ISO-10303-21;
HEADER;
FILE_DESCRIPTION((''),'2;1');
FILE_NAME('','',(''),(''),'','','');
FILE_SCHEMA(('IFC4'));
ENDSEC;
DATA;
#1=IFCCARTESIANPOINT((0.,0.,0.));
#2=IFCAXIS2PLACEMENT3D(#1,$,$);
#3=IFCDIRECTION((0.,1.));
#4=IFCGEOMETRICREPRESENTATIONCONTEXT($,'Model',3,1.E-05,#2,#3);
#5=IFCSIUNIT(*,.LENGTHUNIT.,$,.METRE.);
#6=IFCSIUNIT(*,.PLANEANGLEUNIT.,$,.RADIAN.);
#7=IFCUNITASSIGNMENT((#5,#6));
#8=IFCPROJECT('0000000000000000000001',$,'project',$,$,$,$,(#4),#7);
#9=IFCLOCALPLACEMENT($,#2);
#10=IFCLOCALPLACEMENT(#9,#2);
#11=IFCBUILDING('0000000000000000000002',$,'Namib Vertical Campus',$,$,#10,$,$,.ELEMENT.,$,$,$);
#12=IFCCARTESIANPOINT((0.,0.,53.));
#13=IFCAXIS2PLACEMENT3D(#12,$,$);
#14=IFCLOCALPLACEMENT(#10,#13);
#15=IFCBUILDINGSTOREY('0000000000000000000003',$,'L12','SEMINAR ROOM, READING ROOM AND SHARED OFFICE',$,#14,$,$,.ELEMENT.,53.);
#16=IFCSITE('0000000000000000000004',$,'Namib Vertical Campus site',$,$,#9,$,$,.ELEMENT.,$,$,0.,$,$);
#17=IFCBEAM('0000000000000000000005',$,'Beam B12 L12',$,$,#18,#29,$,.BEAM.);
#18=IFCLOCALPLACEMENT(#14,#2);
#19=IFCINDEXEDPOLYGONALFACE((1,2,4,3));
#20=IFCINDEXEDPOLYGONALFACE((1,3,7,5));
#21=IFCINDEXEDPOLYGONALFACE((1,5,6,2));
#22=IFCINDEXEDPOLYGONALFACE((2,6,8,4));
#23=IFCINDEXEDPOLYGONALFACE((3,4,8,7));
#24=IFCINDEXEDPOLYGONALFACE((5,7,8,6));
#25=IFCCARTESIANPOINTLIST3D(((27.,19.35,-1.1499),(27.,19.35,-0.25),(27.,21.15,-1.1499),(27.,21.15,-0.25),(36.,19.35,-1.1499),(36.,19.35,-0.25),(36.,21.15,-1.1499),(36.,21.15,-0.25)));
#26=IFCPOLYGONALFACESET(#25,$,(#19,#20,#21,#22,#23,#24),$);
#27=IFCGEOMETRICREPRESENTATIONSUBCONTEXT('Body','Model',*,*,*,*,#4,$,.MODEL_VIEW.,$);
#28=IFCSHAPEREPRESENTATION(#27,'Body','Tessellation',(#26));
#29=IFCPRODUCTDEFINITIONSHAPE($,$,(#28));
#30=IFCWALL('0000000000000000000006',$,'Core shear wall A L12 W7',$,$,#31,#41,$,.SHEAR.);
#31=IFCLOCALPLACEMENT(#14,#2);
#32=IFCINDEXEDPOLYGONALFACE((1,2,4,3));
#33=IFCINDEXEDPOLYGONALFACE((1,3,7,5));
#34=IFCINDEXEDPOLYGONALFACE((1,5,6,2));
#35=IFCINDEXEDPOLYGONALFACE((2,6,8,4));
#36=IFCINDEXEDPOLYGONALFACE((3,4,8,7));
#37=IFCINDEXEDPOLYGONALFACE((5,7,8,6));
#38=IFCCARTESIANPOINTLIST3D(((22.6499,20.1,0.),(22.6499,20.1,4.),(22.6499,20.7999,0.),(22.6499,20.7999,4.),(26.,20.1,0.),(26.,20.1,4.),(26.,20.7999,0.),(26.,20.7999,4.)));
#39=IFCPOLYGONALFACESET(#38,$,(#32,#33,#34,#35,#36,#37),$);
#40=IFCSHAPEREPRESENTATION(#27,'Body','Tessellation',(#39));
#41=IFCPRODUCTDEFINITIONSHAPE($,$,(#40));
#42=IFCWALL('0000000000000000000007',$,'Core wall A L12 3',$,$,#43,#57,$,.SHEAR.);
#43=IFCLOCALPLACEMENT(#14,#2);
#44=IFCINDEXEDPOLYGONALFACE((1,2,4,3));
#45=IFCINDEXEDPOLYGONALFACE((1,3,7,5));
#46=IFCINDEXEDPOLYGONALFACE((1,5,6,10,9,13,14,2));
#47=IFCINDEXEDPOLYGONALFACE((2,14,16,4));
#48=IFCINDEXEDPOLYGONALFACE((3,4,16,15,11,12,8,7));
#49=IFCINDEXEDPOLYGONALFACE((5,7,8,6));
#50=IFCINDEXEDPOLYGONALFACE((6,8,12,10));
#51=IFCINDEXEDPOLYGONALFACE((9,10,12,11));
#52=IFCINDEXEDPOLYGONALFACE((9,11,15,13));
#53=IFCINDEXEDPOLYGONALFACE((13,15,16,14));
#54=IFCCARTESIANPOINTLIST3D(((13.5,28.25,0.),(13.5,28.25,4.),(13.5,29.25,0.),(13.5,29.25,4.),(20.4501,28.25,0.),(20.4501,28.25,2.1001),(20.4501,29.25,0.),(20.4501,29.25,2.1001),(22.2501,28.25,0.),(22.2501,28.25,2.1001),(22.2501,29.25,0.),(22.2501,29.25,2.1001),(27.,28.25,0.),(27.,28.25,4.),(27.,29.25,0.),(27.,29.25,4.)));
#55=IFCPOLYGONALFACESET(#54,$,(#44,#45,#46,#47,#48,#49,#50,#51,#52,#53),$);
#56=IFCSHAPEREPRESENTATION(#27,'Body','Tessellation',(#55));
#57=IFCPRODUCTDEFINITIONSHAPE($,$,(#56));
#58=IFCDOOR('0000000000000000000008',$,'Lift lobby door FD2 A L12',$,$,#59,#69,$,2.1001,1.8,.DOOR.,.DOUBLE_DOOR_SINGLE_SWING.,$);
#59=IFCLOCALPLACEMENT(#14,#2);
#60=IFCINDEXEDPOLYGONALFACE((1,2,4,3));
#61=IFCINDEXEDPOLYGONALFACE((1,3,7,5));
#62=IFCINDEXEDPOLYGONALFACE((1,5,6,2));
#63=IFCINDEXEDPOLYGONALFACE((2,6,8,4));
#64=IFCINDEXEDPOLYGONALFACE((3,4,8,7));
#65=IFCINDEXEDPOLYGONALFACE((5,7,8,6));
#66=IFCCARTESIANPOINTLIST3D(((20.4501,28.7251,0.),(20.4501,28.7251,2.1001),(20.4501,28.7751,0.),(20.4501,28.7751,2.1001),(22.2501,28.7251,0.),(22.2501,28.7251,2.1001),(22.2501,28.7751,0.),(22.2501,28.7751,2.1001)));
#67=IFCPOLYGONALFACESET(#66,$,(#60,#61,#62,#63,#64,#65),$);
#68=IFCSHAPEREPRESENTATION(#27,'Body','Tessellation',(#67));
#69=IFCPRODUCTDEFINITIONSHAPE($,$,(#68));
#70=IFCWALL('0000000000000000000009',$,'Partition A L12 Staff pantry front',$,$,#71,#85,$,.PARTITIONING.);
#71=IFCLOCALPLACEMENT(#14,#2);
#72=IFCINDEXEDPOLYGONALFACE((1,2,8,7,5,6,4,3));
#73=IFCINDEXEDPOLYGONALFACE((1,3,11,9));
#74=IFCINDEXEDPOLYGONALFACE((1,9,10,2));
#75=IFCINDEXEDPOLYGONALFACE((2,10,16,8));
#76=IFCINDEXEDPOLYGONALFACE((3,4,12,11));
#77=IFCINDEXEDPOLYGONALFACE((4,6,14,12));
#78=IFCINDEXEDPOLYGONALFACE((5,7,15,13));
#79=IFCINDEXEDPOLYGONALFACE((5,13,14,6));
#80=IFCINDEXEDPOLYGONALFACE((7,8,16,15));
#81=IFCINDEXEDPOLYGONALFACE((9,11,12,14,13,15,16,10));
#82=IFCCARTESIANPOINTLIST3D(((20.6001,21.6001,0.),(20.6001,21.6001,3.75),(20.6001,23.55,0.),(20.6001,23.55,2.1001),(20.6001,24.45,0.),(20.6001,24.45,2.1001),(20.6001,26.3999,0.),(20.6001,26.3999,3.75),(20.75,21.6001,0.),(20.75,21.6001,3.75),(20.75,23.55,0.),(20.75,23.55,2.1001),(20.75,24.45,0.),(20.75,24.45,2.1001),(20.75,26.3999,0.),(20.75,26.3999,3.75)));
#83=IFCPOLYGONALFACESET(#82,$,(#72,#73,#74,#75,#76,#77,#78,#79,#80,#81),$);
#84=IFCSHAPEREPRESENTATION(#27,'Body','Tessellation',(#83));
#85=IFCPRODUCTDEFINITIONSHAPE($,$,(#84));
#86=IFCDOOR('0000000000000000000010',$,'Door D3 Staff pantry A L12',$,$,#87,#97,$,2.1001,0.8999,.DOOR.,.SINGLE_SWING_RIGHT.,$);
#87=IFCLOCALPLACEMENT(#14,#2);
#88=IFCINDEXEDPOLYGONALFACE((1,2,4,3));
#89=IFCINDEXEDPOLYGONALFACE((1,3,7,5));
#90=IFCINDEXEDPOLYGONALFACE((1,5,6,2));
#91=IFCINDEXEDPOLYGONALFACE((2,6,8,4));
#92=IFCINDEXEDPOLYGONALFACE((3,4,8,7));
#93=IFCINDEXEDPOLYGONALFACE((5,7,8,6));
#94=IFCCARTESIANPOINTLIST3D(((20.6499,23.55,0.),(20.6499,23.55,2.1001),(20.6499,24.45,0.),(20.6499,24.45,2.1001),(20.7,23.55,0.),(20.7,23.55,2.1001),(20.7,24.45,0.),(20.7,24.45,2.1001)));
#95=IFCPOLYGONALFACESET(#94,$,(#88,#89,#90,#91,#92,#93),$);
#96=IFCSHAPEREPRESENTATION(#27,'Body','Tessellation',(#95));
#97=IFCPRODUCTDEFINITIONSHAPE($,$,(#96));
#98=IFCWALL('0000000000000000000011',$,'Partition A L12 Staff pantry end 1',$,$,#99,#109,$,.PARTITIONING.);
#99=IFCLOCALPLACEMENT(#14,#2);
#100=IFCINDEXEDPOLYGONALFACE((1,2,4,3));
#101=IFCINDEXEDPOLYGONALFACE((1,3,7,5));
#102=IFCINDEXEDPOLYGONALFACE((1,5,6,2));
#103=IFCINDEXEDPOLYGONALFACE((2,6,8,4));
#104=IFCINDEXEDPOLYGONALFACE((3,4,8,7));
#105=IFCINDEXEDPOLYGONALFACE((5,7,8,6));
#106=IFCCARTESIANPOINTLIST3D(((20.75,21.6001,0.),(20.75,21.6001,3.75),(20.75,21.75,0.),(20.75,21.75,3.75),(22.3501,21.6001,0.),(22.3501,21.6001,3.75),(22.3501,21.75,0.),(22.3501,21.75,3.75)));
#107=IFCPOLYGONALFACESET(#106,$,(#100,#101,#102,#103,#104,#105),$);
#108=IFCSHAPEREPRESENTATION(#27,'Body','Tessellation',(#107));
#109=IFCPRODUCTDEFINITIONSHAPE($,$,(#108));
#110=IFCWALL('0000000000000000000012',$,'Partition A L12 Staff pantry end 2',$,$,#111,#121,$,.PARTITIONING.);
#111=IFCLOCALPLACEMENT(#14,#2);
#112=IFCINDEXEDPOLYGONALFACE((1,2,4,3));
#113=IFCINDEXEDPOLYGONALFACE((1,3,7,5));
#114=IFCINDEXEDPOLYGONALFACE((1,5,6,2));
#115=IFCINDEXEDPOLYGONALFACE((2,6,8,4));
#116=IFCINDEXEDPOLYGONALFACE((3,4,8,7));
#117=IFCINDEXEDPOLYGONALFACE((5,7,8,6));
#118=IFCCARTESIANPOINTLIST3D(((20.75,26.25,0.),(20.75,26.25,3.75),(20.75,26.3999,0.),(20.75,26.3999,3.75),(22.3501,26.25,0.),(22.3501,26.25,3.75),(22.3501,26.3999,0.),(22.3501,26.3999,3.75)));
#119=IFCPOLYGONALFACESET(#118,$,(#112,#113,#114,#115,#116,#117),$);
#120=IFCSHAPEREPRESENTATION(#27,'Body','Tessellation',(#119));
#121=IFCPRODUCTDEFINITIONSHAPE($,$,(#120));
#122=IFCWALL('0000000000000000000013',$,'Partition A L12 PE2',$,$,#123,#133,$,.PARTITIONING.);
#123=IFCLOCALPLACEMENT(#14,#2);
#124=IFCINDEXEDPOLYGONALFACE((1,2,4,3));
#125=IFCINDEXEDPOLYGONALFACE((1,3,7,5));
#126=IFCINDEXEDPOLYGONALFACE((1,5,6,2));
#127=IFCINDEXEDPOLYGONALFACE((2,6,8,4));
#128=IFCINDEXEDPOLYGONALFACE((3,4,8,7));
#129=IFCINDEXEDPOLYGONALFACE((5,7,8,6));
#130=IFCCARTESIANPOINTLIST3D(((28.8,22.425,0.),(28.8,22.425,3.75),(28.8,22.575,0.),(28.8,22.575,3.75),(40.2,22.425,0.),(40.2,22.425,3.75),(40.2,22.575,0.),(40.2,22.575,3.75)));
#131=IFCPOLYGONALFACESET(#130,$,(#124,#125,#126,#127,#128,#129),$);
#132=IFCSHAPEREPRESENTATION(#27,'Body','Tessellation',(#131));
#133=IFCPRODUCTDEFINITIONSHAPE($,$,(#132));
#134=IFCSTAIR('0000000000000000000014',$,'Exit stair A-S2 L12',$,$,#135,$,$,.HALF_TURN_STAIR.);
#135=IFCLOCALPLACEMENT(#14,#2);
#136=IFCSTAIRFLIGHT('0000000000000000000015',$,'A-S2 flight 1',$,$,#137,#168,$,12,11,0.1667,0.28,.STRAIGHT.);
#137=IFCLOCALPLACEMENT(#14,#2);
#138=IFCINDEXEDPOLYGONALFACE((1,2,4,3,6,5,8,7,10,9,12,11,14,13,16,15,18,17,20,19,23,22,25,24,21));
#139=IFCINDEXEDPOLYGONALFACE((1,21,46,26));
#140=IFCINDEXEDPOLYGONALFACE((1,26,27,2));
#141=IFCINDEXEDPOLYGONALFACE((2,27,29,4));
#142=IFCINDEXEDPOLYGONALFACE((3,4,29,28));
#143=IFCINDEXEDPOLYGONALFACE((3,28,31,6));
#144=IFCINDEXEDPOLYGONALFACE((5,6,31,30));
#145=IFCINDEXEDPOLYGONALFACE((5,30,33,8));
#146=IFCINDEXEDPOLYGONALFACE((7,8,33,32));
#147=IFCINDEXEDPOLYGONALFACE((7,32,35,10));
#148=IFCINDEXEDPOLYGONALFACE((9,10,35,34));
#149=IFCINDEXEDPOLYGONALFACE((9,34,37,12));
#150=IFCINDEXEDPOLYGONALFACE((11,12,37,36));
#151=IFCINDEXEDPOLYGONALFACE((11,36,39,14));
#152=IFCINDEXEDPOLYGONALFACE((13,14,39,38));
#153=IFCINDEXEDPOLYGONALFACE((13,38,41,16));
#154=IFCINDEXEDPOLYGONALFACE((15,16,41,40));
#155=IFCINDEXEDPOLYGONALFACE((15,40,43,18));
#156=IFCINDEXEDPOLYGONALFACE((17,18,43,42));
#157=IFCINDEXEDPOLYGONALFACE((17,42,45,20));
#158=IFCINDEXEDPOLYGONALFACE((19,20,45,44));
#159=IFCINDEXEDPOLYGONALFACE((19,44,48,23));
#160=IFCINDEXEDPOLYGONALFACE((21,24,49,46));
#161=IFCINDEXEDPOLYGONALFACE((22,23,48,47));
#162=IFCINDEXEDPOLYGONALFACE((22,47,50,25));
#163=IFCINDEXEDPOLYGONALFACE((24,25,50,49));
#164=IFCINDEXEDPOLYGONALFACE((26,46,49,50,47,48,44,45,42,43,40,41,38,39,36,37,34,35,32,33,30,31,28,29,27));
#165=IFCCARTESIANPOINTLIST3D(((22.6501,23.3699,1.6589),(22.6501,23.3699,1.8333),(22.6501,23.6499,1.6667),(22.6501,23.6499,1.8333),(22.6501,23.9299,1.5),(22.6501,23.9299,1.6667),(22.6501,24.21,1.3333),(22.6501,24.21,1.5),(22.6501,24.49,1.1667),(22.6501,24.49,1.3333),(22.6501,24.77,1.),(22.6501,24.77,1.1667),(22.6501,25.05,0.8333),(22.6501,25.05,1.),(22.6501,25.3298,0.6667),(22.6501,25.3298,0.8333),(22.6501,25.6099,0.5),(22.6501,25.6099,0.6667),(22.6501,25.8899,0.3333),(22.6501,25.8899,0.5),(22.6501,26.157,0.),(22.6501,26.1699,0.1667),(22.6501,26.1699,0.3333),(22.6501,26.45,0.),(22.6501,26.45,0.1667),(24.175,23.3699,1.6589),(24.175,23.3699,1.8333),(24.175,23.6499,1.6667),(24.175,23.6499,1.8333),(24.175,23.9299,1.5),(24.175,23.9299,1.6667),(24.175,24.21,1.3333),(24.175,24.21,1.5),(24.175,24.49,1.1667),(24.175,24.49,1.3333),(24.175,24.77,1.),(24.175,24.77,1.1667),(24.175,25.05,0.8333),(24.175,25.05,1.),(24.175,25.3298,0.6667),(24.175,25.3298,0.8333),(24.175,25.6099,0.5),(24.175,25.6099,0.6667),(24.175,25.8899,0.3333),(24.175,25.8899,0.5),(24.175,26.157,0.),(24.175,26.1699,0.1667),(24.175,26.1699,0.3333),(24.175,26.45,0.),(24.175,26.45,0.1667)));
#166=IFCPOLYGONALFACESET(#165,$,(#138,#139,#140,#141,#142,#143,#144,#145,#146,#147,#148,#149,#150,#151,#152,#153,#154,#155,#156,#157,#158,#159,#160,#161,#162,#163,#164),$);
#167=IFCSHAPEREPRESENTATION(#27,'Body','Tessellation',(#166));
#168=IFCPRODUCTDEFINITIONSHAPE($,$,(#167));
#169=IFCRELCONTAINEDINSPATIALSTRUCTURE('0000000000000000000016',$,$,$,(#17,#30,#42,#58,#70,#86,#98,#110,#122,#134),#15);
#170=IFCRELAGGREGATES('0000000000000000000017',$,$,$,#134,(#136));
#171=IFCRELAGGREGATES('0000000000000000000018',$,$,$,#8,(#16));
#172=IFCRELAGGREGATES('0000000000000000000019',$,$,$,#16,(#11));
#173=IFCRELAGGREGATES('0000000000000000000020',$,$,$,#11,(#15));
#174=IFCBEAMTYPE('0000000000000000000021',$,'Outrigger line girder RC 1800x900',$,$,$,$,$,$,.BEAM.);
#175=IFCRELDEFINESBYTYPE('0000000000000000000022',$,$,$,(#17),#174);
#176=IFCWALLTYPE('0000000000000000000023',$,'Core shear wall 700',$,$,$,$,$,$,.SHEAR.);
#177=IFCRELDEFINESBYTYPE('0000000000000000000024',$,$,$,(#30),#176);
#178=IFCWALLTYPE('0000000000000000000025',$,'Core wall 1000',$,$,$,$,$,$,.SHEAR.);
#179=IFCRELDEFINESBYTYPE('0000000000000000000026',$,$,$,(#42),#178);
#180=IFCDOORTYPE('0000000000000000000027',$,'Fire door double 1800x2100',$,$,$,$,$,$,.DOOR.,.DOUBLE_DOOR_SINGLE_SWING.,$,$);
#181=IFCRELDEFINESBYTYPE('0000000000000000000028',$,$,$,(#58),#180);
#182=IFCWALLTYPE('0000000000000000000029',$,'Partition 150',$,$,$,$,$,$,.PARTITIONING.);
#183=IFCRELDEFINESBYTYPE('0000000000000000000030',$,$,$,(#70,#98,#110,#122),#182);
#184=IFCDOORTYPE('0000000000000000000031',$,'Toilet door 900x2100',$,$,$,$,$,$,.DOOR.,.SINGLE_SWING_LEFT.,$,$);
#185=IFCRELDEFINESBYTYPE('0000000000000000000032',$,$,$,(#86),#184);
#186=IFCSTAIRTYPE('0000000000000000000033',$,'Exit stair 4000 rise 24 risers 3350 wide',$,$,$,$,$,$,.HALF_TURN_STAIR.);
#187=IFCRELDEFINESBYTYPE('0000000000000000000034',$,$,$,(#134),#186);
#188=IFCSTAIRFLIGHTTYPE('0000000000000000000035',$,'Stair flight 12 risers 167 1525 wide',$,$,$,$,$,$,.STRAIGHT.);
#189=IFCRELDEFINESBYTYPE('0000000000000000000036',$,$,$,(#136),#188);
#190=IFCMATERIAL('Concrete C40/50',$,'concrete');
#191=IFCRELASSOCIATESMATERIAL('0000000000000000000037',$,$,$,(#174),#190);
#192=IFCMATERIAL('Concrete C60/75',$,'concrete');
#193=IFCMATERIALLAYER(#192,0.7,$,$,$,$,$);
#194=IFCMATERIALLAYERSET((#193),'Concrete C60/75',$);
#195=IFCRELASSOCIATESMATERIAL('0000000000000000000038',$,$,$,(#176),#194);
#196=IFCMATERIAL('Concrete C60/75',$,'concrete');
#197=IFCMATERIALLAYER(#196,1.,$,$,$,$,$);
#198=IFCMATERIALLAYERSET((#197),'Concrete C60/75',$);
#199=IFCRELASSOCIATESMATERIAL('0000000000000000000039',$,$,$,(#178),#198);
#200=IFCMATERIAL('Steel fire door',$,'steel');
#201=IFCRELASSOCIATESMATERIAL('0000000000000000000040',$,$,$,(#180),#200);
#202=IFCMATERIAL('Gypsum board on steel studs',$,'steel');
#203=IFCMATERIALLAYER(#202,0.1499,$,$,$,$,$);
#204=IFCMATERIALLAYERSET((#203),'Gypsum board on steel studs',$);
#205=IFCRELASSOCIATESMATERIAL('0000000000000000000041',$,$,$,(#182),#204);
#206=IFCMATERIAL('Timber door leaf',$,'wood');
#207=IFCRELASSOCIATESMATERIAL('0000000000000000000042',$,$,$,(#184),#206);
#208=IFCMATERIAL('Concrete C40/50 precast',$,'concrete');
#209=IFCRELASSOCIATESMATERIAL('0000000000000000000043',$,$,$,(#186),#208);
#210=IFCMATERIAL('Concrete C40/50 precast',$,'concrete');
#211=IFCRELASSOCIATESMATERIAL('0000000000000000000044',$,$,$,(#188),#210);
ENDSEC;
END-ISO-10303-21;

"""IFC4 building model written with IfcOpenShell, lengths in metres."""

from ifc_helpers import new_model, si_unit, direction, frame, frame_2d, origin, origin_2d, place, context, subcontext, project, spatial, polyline, rectangle, outline, extrude, material, layer, layer_set, material_profile, profile_set, type_object, element, fill, aggregate, save


model = new_model("IFC4")

# Units and contexts
model_context = context("Model", 3, precision=1e-05, world=origin(), true_north=direction((0.0, 1.0)))
body_context = subcontext(model_context, "Body", "Model", "MODEL_VIEW")
ifc_project = project(units=[si_unit("LENGTHUNIT", "METRE"), si_unit("PLANEANGLEUNIT", "RADIAN")], contexts=[model_context])

# Site, building, storey
site_placement = place(None, origin())
site = spatial("IfcSite", under=ifc_project, at=site_placement, Name="Namib Vertical Campus site", CompositionType="ELEMENT", RefElevation=0.0)
building_placement = place(site_placement, origin())
building = spatial("IfcBuilding", under=site, at=building_placement, Name="Namib Vertical Campus", CompositionType="ELEMENT")
storey_placement = place(building_placement, frame((0.0, 0.0, 53.0)))
storey = spatial("IfcBuildingStorey", under=building, at=storey_placement, Name="L12", Description="SEMINAR ROOM, READING ROOM AND SHARED OFFICE", CompositionType="ELEMENT", Elevation=53.0)

# Beam
ifc_material_1 = material(Name="Concrete C40/50", Category="concrete")
ifc_material_profile_1 = material_profile(ifc_material_1, rectangle(XDim=1.8, YDim=0.8999, at=origin_2d()))
ifc_profile_set_1 = profile_set([ifc_material_profile_1], Name="Concrete C40/50")
beam_type_1 = type_object("IfcBeamType", Name="Outrigger line girder RC 1800x900", PredefinedType="BEAM", material=ifc_profile_set_1)
beam_1_placement = place(storey_placement, frame((36.0, 20.25, -0.7), z_axis=(-1.0, 0.0, 0.0), x_axis=(0.0, -1.0, 0.0)))
element("IfcBeam", 1, at=beam_1_placement, inside=storey, type_object=beam_type_1, Name="Beam B12 L12", PredefinedType="BEAM", context=body_context, shape_type="SweptSolid", body=[
    extrude(rectangle(XDim=1.8, YDim=0.8999, at=origin_2d()), origin(), (0.0, 0.0, 1.0), 9.0),
])

# Wall
ifc_material_2 = material(Name="Concrete C60/75", Category="concrete")
ifc_layer_1 = layer(ifc_material_2, 0.7)
ifc_layer_set_1 = layer_set([ifc_layer_1], Name="Concrete C60/75")
wall_type_1 = type_object("IfcWallType", Name="Core shear wall 700", PredefinedType="SHEAR", material=ifc_layer_set_1)
wall_1_placement = place(storey_placement, frame((22.6499, 20.45, 0.0), z_axis=(0.0, 0.0, 1.0), x_axis=(1.0, 0.0, 0.0)))
element("IfcWall", 2, at=wall_1_placement, inside=storey, type_object=wall_type_1, Name="Core shear wall A L12 W7", PredefinedType="SHEAR", context=body_context, shape_type="SweptSolid", body=[
    extrude(rectangle(XDim=3.3501, YDim=0.7, at=frame_2d((1.675, 0.0))), origin(), (0.0, 0.0, 1.0), 4.0),
])

# Walls, openings, doors
ifc_material_3 = material(Name="Concrete C60/75", Category="concrete")
ifc_layer_2 = layer(ifc_material_3, 1.0)
ifc_layer_set_2 = layer_set([ifc_layer_2], Name="Concrete C60/75")
wall_type_2 = type_object("IfcWallType", Name="Core wall 1000", PredefinedType="SHEAR", material=ifc_layer_set_2)
wall_2_placement = place(storey_placement, frame((27.0, 28.75, 0.0), z_axis=(0.0, 0.0, 1.0), x_axis=(-1.0, 0.0, 0.0)))
wall_2 = element("IfcWall", 3, at=wall_2_placement, inside=storey, type_object=wall_type_2, Name="Core wall A L12 3", PredefinedType="SHEAR", context=body_context, shape_type="SweptSolid", body=[
    extrude(rectangle(XDim=13.5, YDim=1.0, at=frame_2d((6.75, 0.0))), origin(), (0.0, 0.0, 1.0), 4.0),
])
opening_1_placement = place(wall_2_placement, frame((4.75, 0.0, 0.0)))
opening_1 = element("IfcOpeningElement", 4, at=opening_1_placement, cuts=wall_2, PredefinedType="OPENING", context=body_context, shape_type="SweptSolid", body=[
    extrude(rectangle(XDim=1.8, YDim=2.1001, at=frame_2d((0.8999, 1.05))), frame((0.0, 0.51, 0.0), z_axis=(0.0, -1.0, 0.0), x_axis=(1.0, 0.0, 0.0)), (0.0, 0.0, 1.0), 1.02),
])
ifc_material_4 = material(Name="Steel fire door", Category="steel")
door_type_1 = type_object("IfcDoorType", Name="Fire door double 1800x2100", OperationType="DOUBLE_DOOR_SINGLE_SWING", PredefinedType="DOOR", material=ifc_material_4)
door_1_placement = place(opening_1_placement, origin())
door_1 = element("IfcDoor", 5, at=door_1_placement, inside=storey, type_object=door_type_1, Name="Lift lobby door FD2 A L12", OperationType="DOUBLE_DOOR_SINGLE_SWING", OverallHeight=2.1001, OverallWidth=1.8, PredefinedType="DOOR", context=body_context, shape_type="SweptSolid", body=[
    extrude(rectangle(XDim=1.8, YDim=2.1001, at=frame_2d((0.8999, 1.05))), frame((0.0, 0.0249, 0.0), z_axis=(0.0, -1.0, 0.0), x_axis=(1.0, 0.0, 0.0)), (0.0, 0.0, 1.0), 0.05),
])
fill(opening_1, door_1)
ifc_material_5 = material(Name="Gypsum board on steel studs", Category="steel")
ifc_layer_3 = layer(ifc_material_5, 0.1499)
ifc_layer_set_3 = layer_set([ifc_layer_3], Name="Gypsum board on steel studs")
wall_type_3 = type_object("IfcWallType", Name="Partition 150", PredefinedType="PARTITIONING", material=ifc_layer_set_3)
wall_3_placement = place(storey_placement, frame((20.675, 21.6001, 0.0), z_axis=(0.0, 0.0, 1.0), x_axis=(0.0, 1.0, 0.0)))
wall_3 = element("IfcWall", 6, at=wall_3_placement, inside=storey, type_object=wall_type_3, Name="Partition A L12 Staff pantry front", PredefinedType="PARTITIONING", context=body_context, shape_type="SweptSolid", body=[
    extrude(rectangle(XDim=4.7998, YDim=0.1499, at=frame_2d((2.3999, 0.0))), origin(), (0.0, 0.0, 1.0), 3.75),
])
opening_2_placement = place(wall_3_placement, frame((1.95, 0.0, 0.0)))
opening_2 = element("IfcOpeningElement", 7, at=opening_2_placement, cuts=wall_3, PredefinedType="OPENING", context=body_context, shape_type="SweptSolid", body=[
    extrude(rectangle(XDim=0.8999, YDim=2.1001, at=frame_2d((0.45, 1.05))), frame((0.0, 0.085, 0.0), z_axis=(0.0, -1.0, 0.0), x_axis=(1.0, 0.0, 0.0)), (0.0, 0.0, 1.0), 0.1699),
])
ifc_material_6 = material(Name="Timber door leaf", Category="wood")
door_type_2 = type_object("IfcDoorType", Name="Toilet door 900x2100", OperationType="SINGLE_SWING_LEFT", PredefinedType="DOOR", material=ifc_material_6)
door_2_placement = place(opening_2_placement, frame((0.8999, 0.0, 0.0), z_axis=(0.0, 0.0, 1.0), x_axis=(-1.0, 0.0, 0.0)))
door_2 = element("IfcDoor", 8, at=door_2_placement, inside=storey, type_object=door_type_2, Name="Door D3 Staff pantry A L12", OperationType="SINGLE_SWING_RIGHT", OverallHeight=2.1001, OverallWidth=0.8999, PredefinedType="DOOR", context=body_context, shape_type="SweptSolid", body=[
    extrude(rectangle(XDim=0.8999, YDim=2.1001, at=frame_2d((0.45, 1.05))), frame((0.0, 0.0249, 0.0), z_axis=(0.0, -1.0, 0.0), x_axis=(1.0, 0.0, 0.0)), (0.0, 0.0, 1.0), 0.05),
])
fill(opening_2, door_2)

# Walls
for number, where, z_axis, x_axis, name in (
    (9, (20.75, 21.675, 0.0), (0.0, 0.0, 1.0), (1.0, 0.0, 0.0), "Partition A L12 Staff pantry end 1"),
    (10, (20.75, 26.325, 0.0), (0.0, 0.0, 1.0), (1.0, 0.0, 0.0), "Partition A L12 Staff pantry end 2"),
):
    element("IfcWall", number, at=place(storey_placement, frame(where, z_axis=z_axis, x_axis=x_axis)), inside=storey, type_object=wall_type_3, Name=name, PredefinedType="PARTITIONING", context=body_context, shape_type="SweptSolid", body=[
        extrude(rectangle(XDim=1.6001, YDim=0.1499, at=frame_2d((0.8, 0.0))), origin(), (0.0, 0.0, 1.0), 3.75),
    ])
wall_4_placement = place(storey_placement, frame((28.8, 22.5, 0.0), z_axis=(0.0, 0.0, 1.0), x_axis=(1.0, 0.0, 0.0)))
element("IfcWall", 11, at=wall_4_placement, inside=storey, type_object=wall_type_3, Name="Partition A L12 PE2", PredefinedType="PARTITIONING", context=body_context, shape_type="SweptSolid", body=[
    extrude(rectangle(XDim=11.3999, YDim=0.1499, at=frame_2d((5.7, 0.0))), origin(), (0.0, 0.0, 1.0), 3.75),
])

# Stair, stair flight
ifc_material_7 = material(Name="Concrete C40/50 precast", Category="concrete")
stair_type = type_object("IfcStairType", Name="Exit stair 4000 rise 24 risers 3350 wide", PredefinedType="HALF_TURN_STAIR", material=ifc_material_7)
stair_placement = place(storey_placement, origin())
stair = element("IfcStair", 12, at=stair_placement, inside=storey, type_object=stair_type, Name="Exit stair A-S2 L12", PredefinedType="HALF_TURN_STAIR")
ifc_material_8 = material(Name="Concrete C40/50 precast", Category="concrete")
stair_flight_type = type_object("IfcStairFlightType", Name="Stair flight 12 risers 167 1525 wide", PredefinedType="STRAIGHT", material=ifc_material_8)
stair_flight_1_placement = place(storey_placement, frame((23.4126, 26.45, 0.0), z_axis=(0.0, 0.0, 1.0), x_axis=(0.0, -1.0, 0.0)))
stair_flight_1 = element("IfcStairFlight", 13, at=stair_flight_1_placement, type_object=stair_flight_type, Name="A-S2 flight 1", NumberOfRisers=12, NumberOfTreads=11, PredefinedType="STRAIGHT", RiserHeight=0.1667, TreadLength=0.28, context=body_context, shape_type="SweptSolid", body=[
    extrude(outline(polyline([(0.0, 0.0), (0.0, 0.1667), (0.28, 0.1667), (0.28, 0.3333), (0.5601, 0.3333), (0.5601, 0.5), (0.8401, 0.5), (0.8401, 0.6667), (1.1201, 0.6667), (1.1201, 0.8333), (1.3999, 0.8333), (1.3999, 1.0), (1.6799, 1.0), (1.6799, 1.1667), (1.96, 1.1667), (1.96, 1.3333), (2.24, 1.3333), (2.24, 1.5), (2.52, 1.5), (2.52, 1.6667), (2.8, 1.6667), (2.8, 1.8333), (3.0801, 1.8333), (3.0801, 2.0), (3.0801, 1.6589), (0.293, 0.0), (0.0, 0.0)])), frame((0.0, 0.7625, 0.0), z_axis=(0.0, -1.0, 0.0), x_axis=(1.0, 0.0, 0.0)), (0.0, 0.0, 1.0), 1.5249),
])
aggregate(stair, [stair_flight_1])

save(model, "model.ifc")
